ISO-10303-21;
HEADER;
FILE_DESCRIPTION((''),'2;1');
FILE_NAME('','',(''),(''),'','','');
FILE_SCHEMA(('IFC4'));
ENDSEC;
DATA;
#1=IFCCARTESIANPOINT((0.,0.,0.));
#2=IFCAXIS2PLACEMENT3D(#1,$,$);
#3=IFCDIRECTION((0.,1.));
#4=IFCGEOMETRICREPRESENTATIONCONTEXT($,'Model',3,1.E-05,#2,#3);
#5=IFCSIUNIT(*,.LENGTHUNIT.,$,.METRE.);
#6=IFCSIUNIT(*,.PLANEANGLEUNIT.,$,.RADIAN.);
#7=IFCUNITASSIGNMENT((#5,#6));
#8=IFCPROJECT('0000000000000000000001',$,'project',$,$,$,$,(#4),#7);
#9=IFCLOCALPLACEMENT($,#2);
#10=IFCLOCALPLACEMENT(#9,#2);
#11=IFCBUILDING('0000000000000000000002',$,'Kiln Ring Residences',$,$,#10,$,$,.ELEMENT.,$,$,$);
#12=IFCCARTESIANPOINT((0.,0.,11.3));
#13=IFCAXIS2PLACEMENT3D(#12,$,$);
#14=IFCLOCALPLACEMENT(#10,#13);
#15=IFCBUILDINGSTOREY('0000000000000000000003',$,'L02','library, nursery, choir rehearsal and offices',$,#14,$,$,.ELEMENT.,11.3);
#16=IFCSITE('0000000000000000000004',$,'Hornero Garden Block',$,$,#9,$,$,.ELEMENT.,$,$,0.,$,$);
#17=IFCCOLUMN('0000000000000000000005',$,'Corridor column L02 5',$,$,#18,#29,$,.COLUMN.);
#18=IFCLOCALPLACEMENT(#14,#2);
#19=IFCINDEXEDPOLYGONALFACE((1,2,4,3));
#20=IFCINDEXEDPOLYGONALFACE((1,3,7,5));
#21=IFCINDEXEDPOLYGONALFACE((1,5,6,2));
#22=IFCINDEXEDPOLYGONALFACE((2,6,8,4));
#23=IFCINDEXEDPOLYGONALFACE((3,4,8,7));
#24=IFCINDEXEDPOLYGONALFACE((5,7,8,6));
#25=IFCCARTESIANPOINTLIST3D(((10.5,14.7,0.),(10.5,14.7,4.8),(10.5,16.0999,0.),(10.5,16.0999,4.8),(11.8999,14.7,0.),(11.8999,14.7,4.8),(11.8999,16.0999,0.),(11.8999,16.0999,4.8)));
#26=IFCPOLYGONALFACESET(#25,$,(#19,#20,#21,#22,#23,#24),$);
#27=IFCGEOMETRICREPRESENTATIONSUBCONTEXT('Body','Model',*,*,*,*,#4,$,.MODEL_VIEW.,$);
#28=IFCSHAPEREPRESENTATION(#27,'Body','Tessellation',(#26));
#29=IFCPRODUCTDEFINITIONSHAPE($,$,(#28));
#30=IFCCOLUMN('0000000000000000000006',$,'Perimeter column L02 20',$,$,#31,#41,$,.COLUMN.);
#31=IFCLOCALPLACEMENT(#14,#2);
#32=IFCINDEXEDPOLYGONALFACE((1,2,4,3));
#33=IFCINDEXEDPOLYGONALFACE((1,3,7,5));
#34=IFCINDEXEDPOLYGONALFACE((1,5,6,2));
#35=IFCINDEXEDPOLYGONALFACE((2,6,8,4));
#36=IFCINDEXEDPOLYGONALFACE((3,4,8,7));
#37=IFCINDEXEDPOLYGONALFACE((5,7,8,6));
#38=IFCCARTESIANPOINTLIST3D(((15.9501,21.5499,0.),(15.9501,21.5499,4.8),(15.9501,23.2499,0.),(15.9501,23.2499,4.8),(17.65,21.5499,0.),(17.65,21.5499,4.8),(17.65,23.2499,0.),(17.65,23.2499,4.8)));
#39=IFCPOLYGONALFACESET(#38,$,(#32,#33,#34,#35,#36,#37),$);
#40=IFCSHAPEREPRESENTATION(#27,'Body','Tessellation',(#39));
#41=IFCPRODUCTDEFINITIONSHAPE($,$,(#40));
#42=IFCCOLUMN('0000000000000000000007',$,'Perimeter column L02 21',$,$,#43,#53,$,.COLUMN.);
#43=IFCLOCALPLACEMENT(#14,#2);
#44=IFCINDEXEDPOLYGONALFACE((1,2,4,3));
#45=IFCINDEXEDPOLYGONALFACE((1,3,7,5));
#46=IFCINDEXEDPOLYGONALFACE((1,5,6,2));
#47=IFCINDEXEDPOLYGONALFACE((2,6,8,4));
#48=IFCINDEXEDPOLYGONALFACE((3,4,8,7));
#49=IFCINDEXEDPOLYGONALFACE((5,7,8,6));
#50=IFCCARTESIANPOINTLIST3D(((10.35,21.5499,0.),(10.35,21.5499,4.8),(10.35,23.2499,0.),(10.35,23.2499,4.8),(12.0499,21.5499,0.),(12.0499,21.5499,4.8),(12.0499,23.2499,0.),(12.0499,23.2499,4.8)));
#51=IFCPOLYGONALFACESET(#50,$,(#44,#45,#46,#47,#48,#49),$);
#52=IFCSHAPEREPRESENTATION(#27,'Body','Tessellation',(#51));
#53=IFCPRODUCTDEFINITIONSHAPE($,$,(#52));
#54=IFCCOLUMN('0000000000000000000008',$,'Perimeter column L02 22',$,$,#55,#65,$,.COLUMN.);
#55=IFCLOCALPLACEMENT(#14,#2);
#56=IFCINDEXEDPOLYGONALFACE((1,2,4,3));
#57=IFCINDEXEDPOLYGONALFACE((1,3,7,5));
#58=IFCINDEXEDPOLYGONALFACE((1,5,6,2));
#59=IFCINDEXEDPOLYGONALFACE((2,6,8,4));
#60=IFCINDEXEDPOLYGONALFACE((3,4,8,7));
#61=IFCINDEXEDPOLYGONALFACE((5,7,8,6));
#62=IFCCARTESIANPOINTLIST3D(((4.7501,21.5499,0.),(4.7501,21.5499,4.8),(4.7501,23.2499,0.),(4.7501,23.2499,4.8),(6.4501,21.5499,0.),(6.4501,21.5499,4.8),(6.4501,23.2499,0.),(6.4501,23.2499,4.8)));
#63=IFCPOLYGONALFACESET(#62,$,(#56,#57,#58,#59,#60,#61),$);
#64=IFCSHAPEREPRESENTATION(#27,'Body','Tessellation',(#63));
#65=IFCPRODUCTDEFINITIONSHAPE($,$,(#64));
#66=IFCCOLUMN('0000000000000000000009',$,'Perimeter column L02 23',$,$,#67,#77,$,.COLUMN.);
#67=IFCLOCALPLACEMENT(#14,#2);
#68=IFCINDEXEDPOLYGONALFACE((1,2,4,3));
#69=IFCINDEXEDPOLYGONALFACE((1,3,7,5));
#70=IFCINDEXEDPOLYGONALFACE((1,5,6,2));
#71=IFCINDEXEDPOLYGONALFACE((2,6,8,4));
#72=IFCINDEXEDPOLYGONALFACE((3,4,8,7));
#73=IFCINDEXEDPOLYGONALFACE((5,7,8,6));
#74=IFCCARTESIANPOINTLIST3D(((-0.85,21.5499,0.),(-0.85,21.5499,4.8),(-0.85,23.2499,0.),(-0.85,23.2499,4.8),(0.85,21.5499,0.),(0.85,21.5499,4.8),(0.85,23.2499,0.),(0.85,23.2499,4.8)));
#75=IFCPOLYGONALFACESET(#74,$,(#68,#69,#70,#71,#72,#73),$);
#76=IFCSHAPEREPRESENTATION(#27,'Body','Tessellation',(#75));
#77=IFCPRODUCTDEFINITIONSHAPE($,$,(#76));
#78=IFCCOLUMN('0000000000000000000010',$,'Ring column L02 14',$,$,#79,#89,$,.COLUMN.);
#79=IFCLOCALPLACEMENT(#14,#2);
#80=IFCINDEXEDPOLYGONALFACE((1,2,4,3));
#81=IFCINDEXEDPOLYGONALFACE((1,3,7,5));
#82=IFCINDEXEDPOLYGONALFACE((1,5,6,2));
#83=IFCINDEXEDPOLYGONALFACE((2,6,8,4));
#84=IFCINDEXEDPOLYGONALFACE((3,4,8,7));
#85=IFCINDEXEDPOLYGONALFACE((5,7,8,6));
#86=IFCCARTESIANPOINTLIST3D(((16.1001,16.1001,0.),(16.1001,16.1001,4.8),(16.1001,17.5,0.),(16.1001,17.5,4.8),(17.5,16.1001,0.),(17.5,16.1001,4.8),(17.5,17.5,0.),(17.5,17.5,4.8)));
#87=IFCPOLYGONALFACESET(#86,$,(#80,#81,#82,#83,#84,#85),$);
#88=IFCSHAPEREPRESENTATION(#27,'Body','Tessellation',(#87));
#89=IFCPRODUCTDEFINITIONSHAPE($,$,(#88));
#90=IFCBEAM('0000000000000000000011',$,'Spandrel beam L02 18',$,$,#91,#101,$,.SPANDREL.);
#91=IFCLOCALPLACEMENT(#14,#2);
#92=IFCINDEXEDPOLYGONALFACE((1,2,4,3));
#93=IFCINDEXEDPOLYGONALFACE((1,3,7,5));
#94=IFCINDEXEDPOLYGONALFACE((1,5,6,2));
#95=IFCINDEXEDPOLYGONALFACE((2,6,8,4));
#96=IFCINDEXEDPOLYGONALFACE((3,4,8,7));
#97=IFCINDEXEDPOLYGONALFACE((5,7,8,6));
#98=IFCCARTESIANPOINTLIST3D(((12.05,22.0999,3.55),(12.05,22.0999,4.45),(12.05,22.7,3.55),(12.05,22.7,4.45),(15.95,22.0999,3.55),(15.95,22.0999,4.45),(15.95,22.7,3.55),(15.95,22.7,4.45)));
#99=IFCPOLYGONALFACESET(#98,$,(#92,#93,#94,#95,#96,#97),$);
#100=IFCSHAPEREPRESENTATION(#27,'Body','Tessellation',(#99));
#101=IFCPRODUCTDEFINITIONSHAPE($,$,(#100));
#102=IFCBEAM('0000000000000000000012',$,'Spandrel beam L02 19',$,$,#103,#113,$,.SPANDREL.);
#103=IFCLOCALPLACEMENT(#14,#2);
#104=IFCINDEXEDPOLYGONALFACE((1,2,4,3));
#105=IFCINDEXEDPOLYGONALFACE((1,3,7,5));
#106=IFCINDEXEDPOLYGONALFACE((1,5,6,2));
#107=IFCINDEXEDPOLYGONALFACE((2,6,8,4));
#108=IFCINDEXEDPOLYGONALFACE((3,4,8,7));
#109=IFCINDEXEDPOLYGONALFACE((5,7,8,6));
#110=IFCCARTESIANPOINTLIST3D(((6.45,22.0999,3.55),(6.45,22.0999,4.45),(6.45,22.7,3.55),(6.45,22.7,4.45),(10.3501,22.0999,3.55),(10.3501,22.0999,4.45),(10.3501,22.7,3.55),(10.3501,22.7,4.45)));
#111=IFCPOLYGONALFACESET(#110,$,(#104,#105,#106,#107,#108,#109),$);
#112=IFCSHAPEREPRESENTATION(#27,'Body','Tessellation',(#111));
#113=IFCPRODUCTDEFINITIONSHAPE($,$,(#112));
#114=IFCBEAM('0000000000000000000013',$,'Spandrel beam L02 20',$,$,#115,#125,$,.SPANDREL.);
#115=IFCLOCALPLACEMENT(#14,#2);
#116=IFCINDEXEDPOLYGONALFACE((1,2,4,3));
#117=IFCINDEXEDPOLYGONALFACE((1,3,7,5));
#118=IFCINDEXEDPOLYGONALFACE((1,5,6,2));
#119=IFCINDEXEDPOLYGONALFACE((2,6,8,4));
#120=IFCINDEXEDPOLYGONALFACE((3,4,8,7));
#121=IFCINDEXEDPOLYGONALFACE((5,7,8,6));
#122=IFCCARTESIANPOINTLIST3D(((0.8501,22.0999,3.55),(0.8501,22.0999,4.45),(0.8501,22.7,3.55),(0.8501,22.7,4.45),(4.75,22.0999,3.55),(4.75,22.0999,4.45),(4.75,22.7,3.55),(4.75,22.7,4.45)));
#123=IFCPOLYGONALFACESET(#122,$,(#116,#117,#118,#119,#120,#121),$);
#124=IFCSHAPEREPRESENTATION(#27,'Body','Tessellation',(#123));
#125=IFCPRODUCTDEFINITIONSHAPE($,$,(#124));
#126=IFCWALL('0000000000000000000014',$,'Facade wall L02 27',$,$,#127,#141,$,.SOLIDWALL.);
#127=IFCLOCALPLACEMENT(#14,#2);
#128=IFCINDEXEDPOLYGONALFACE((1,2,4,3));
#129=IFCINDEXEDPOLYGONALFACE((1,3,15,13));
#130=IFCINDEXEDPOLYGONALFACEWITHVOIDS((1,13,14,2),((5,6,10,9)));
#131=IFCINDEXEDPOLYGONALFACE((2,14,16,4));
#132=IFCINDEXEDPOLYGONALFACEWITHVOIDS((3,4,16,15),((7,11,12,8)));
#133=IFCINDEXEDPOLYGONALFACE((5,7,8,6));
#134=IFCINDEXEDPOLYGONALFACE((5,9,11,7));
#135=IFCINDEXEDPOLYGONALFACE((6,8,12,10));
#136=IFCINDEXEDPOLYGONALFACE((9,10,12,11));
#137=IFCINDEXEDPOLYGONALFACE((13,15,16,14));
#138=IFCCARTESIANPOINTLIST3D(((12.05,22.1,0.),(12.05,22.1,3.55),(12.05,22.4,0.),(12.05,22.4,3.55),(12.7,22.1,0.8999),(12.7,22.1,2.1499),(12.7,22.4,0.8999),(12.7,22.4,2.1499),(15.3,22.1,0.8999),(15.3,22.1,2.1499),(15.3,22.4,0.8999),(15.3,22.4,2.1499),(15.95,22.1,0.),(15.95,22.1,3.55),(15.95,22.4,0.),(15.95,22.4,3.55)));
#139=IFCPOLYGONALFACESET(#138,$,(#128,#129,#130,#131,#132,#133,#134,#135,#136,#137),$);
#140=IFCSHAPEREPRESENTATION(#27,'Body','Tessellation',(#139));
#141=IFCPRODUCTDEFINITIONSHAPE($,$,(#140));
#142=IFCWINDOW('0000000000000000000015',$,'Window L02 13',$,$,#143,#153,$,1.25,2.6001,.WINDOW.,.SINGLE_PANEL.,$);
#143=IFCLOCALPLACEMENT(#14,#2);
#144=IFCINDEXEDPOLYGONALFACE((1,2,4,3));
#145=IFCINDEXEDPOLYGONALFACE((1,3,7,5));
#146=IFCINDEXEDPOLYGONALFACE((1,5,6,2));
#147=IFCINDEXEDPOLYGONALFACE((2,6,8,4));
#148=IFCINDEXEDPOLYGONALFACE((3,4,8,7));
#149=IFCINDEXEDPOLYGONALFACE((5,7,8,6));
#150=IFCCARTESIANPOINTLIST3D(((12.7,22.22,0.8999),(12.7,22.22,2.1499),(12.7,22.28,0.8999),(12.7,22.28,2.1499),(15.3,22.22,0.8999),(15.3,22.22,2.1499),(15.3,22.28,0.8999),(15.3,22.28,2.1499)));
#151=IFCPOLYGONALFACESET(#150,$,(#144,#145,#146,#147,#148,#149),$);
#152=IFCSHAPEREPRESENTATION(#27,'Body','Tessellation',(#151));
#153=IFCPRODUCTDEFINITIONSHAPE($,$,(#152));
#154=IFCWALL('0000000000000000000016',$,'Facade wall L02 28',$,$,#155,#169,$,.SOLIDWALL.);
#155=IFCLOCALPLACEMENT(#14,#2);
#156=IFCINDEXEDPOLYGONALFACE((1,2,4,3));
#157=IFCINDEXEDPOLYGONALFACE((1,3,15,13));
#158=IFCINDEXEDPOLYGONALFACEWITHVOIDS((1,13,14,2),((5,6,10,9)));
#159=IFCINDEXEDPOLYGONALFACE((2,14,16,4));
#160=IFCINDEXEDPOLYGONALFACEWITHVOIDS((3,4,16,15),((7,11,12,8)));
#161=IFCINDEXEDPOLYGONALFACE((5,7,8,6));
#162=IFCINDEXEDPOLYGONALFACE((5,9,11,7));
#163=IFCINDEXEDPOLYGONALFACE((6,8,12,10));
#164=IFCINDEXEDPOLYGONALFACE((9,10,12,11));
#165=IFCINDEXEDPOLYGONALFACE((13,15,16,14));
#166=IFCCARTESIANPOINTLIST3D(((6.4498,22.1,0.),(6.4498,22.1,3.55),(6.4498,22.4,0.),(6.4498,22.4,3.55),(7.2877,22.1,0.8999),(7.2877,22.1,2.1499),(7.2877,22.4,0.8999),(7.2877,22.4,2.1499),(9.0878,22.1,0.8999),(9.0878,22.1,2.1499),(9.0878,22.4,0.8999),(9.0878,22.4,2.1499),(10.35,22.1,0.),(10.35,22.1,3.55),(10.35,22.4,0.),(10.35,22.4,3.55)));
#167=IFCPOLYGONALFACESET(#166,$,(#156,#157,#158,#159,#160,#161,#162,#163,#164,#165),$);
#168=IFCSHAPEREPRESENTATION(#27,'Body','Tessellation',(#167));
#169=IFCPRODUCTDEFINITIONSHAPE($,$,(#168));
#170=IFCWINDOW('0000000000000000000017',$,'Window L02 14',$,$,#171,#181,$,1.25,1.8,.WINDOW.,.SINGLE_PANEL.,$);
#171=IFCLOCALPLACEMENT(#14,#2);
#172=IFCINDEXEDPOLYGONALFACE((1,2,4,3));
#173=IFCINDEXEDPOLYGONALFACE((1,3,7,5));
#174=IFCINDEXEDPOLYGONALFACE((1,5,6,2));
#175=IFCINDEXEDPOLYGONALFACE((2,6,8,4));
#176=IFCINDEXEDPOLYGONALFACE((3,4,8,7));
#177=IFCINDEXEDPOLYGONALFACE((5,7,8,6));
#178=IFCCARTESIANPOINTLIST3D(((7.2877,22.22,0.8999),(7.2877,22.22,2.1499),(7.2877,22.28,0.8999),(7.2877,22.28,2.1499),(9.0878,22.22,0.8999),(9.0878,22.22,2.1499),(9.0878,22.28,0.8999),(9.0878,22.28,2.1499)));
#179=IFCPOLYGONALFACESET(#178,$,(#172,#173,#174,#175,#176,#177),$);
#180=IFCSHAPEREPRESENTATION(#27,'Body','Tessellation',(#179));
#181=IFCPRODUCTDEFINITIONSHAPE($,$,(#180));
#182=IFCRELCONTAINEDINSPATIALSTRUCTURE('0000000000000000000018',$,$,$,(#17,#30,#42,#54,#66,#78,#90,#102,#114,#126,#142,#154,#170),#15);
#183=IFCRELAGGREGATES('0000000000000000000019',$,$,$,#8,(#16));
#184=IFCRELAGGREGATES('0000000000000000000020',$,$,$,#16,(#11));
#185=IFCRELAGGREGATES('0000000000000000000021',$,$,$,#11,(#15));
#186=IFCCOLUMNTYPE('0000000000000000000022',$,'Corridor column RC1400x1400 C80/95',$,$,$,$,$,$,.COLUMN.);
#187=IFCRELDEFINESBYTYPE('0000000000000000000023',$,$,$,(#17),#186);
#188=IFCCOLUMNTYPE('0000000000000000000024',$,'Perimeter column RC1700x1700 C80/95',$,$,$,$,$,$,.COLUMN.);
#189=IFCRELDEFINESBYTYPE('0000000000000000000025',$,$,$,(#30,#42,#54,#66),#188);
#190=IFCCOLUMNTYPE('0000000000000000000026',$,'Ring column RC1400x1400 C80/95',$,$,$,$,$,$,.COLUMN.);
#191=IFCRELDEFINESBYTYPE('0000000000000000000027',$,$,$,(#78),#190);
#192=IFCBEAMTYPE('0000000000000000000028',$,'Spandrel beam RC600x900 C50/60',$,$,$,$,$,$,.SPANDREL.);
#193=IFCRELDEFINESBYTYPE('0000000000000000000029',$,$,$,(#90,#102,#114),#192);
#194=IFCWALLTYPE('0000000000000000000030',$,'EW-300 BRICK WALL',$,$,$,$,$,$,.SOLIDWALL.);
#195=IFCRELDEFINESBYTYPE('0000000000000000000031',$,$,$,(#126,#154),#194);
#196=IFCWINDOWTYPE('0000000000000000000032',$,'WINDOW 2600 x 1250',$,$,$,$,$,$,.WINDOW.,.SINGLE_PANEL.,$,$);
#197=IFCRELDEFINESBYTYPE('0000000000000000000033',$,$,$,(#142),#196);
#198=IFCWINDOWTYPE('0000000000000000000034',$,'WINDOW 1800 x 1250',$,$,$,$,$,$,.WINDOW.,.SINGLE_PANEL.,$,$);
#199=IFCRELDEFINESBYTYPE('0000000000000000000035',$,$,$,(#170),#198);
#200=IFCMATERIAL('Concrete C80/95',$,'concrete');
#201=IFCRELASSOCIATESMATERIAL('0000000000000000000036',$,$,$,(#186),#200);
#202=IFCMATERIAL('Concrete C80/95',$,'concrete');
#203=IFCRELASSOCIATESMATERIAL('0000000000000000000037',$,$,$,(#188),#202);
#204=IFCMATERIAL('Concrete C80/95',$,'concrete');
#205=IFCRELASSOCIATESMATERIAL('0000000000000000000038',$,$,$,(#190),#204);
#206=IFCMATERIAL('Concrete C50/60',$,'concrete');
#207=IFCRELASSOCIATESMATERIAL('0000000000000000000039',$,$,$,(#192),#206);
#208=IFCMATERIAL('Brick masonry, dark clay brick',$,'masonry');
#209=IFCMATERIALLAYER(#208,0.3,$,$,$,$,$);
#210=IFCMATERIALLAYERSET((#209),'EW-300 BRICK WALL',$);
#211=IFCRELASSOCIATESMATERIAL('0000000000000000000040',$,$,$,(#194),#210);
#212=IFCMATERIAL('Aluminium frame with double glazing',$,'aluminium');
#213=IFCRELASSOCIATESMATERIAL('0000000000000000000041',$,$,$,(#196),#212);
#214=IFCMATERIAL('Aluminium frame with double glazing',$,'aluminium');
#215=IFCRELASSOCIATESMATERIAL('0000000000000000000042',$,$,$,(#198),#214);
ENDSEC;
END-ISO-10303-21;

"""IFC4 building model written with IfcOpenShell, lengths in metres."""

from ifc_helpers import new_model, si_unit, direction, frame, frame_2d, origin, origin_2d, place, context, subcontext, project, spatial, rectangle, extrude, material, layer, layer_set, material_profile, profile_set, type_object, element, fill, save


model = new_model("IFC4")

# Units and contexts
model_context = context("Model", 3, precision=1e-05, world=origin(), true_north=direction((0.0, 1.0)))
body_context = subcontext(model_context, "Body", "Model", "MODEL_VIEW")
ifc_project = project(units=[si_unit("LENGTHUNIT", "METRE"), si_unit("PLANEANGLEUNIT", "RADIAN")], contexts=[model_context])

# Site, building, storey
site_placement = place(None, origin())
site = spatial("IfcSite", under=ifc_project, at=site_placement, Name="Hornero Garden Block", CompositionType="ELEMENT", RefElevation=0.0)
building_placement = place(site_placement, origin())
building = spatial("IfcBuilding", under=site, at=building_placement, Name="Kiln Ring Residences", CompositionType="ELEMENT")
storey_placement = place(building_placement, frame((0.0, 0.0, 11.3)))
storey = spatial("IfcBuildingStorey", under=building, at=storey_placement, Name="L02", Description="library, nursery, choir rehearsal and offices", CompositionType="ELEMENT", Elevation=11.3)

# Columns
ifc_material_1 = material(Name="Concrete C80/95", Category="concrete")
ifc_material_profile_1 = material_profile(ifc_material_1, rectangle(XDim=1.3999, YDim=1.3999, at=origin_2d()), Name="RC1400x1400")
ifc_profile_set_1 = profile_set([ifc_material_profile_1], Name="Concrete C80/95")
column_type_1 = type_object("IfcColumnType", Name="Corridor column RC1400x1400 C80/95", PredefinedType="COLUMN", material=ifc_profile_set_1)
column_1_placement = place(storey_placement, frame((11.2, 15.3999, 0.0), z_axis=(0.0, 0.0, 1.0), x_axis=(1.0, 0.0, 0.0)))
element("IfcColumn", 1, at=column_1_placement, inside=storey, type_object=column_type_1, Name="Corridor column L02 5", PredefinedType="COLUMN", context=body_context, shape_type="SweptSolid", body=[
    extrude(rectangle(XDim=1.3999, YDim=1.3999, at=origin_2d()), origin(), (0.0, 0.0, 1.0), 4.8),
])
ifc_material_2 = material(Name="Concrete C80/95", Category="concrete")
ifc_material_profile_2 = material_profile(ifc_material_2, rectangle(XDim=1.7, YDim=1.7, at=origin_2d()), Name="RC1700x1700")
ifc_profile_set_2 = profile_set([ifc_material_profile_2], Name="Concrete C80/95")
column_type_2 = type_object("IfcColumnType", Name="Perimeter column RC1700x1700 C80/95", PredefinedType="COLUMN", material=ifc_profile_set_2)
for number, where, z_axis, x_axis, name in (
    (2, (16.8, 22.3999, 0.0), (0.0, 0.0, 1.0), (1.0, 0.0, 0.0), "Perimeter column L02 20"),
    (3, (11.2, 22.3999, 0.0), (0.0, 0.0, 1.0), (1.0, 0.0, 0.0), "Perimeter column L02 21"),
    (4, (5.6001, 22.3999, 0.0), (0.0, 0.0, 1.0), (1.0, 0.0, 0.0), "Perimeter column L02 22"),
    (5, (0.0, 22.3999, 0.0), (0.0, 0.0, 1.0), (1.0, 0.0, 0.0), "Perimeter column L02 23"),
):
    element("IfcColumn", number, at=place(storey_placement, frame(where, z_axis=z_axis, x_axis=x_axis)), inside=storey, type_object=column_type_2, Name=name, PredefinedType="COLUMN", context=body_context, shape_type="SweptSolid", body=[
        extrude(rectangle(XDim=1.7, YDim=1.7, at=origin_2d()), origin(), (0.0, 0.0, 1.0), 4.8),
    ])
ifc_material_3 = material(Name="Concrete C80/95", Category="concrete")
ifc_material_profile_3 = material_profile(ifc_material_3, rectangle(XDim=1.3999, YDim=1.3999, at=origin_2d()), Name="RC1400x1400")
ifc_profile_set_3 = profile_set([ifc_material_profile_3], Name="Concrete C80/95")
column_type_3 = type_object("IfcColumnType", Name="Ring column RC1400x1400 C80/95", PredefinedType="COLUMN", material=ifc_profile_set_3)
column_2_placement = place(storey_placement, frame((16.8, 16.8, 0.0), z_axis=(0.0, 0.0, 1.0), x_axis=(1.0, 0.0, 0.0)))
element("IfcColumn", 6, at=column_2_placement, inside=storey, type_object=column_type_3, Name="Ring column L02 14", PredefinedType="COLUMN", context=body_context, shape_type="SweptSolid", body=[
    extrude(rectangle(XDim=1.3999, YDim=1.3999, at=origin_2d()), origin(), (0.0, 0.0, 1.0), 4.8),
])

# Beams
ifc_material_4 = material(Name="Concrete C50/60", Category="concrete")
ifc_material_profile_4 = material_profile(ifc_material_4, rectangle(XDim=0.6001, YDim=0.8999, at=origin_2d()), Name="RC600x900")
ifc_profile_set_4 = profile_set([ifc_material_profile_4], Name="Concrete C50/60")
beam_type = type_object("IfcBeamType", Name="Spandrel beam RC600x900 C50/60", PredefinedType="SPANDREL", material=ifc_profile_set_4)
beam_1_placement = place(storey_placement, frame((15.95, 22.3999, 4.0), z_axis=(-1.0, 0.0, 0.0), x_axis=(0.0, -1.0, 0.0)))
element("IfcBeam", 7, at=beam_1_placement, inside=storey, type_object=beam_type, Name="Spandrel beam L02 18", PredefinedType="SPANDREL", context=body_context, shape_type="SweptSolid", body=[
    extrude(rectangle(XDim=0.6001, YDim=0.8999, at=origin_2d()), origin(), (0.0, 0.0, 1.0), 3.8999),
])
beam_2_placement = place(storey_placement, frame((10.3501, 22.3999, 4.0), z_axis=(-1.0, 0.0, 0.0), x_axis=(0.0, -1.0, 0.0)))
element("IfcBeam", 8, at=beam_2_placement, inside=storey, type_object=beam_type, Name="Spandrel beam L02 19", PredefinedType="SPANDREL", context=body_context, shape_type="SweptSolid", body=[
    extrude(rectangle(XDim=0.6001, YDim=0.8999, at=origin_2d()), origin(), (0.0, 0.0, 1.0), 3.9001),
])
beam_3_placement = place(storey_placement, frame((4.75, 22.3999, 4.0), z_axis=(-1.0, 0.0, 0.0), x_axis=(0.0, -1.0, 0.0)))
element("IfcBeam", 9, at=beam_3_placement, inside=storey, type_object=beam_type, Name="Spandrel beam L02 20", PredefinedType="SPANDREL", context=body_context, shape_type="SweptSolid", body=[
    extrude(rectangle(XDim=0.6001, YDim=0.8999, at=origin_2d()), origin(), (0.0, 0.0, 1.0), 3.8999),
])

# Walls, openings, windows
ifc_material_5 = material(Name="Brick masonry, dark clay brick", Category="masonry")
ifc_layer_1 = layer(ifc_material_5, 0.3)
ifc_layer_set_1 = layer_set([ifc_layer_1], Name="EW-300 BRICK WALL")
wall_type_1 = type_object("IfcWallType", Name="EW-300 BRICK WALL", PredefinedType="SOLIDWALL", material=ifc_layer_set_1)
wall_1_placement = place(storey_placement, frame((15.95, 22.25, 0.0), z_axis=(0.0, 0.0, 1.0), x_axis=(-1.0, 0.0, 0.0)))
wall_1 = element("IfcWall", 10, at=wall_1_placement, inside=storey, type_object=wall_type_1, Name="Facade wall L02 27", PredefinedType="SOLIDWALL", context=body_context, shape_type="SweptSolid", body=[
    extrude(rectangle(XDim=3.8999, YDim=0.3, at=frame_2d((1.95, 0.0))), origin(), (0.0, 0.0, 1.0), 3.55),
])
opening_1_placement = place(wall_1_placement, frame((0.6499, 0.0, 0.8999)))
opening_1 = element("IfcOpeningElement", 11, at=opening_1_placement, cuts=wall_1, PredefinedType="OPENING", context=body_context, shape_type="SweptSolid", body=[
    extrude(rectangle(XDim=2.6001, YDim=1.25, at=frame_2d((1.3, 0.625))), frame((0.0, 0.1599, 0.0), z_axis=(0.0, -1.0, 0.0), x_axis=(1.0, 0.0, 0.0)), (0.0, 0.0, 1.0), 0.3201),
])
ifc_material_6 = material(Name="Aluminium frame with double glazing", Category="aluminium")
window_type_1 = type_object("IfcWindowType", Name="WINDOW 2600 x 1250", PartitioningType="SINGLE_PANEL", PredefinedType="WINDOW", material=ifc_material_6)
window_1_placement = place(opening_1_placement, origin())
window_1 = element("IfcWindow", 12, at=window_1_placement, inside=storey, type_object=window_type_1, Name="Window L02 13", OverallHeight=1.25, OverallWidth=2.6001, PartitioningType="SINGLE_PANEL", PredefinedType="WINDOW", context=body_context, shape_type="SweptSolid", body=[
    extrude(rectangle(XDim=2.6001, YDim=1.25, at=frame_2d((1.3, 0.625))), frame((0.0, 0.03, 0.0), z_axis=(0.0, -1.0, 0.0), x_axis=(1.0, 0.0, 0.0)), (0.0, 0.0, 1.0), 0.0601),
])
fill(opening_1, window_1)
wall_2_placement = place(storey_placement, frame((10.3501, 22.25, 0.0), z_axis=(0.0, 0.0, 1.0), x_axis=(-1.0, 0.0, 0.0)))
wall_2 = element("IfcWall", 13, at=wall_2_placement, inside=storey, type_object=wall_type_1, Name="Facade wall L02 28", PredefinedType="SOLIDWALL", context=body_context, shape_type="SweptSolid", body=[
    extrude(rectangle(XDim=3.9001, YDim=0.3, at=frame_2d((1.9502, 0.0))), origin(), (0.0, 0.0, 1.0), 3.55),
])
opening_2_placement = place(wall_2_placement, frame((1.2625, 0.0, 0.8999)))
opening_2 = element("IfcOpeningElement", 14, at=opening_2_placement, cuts=wall_2, PredefinedType="OPENING", context=body_context, shape_type="SweptSolid", body=[
    extrude(rectangle(XDim=1.8, YDim=1.25, at=frame_2d((0.8999, 0.625))), frame((0.0, 0.1599, 0.0), z_axis=(0.0, -1.0, 0.0), x_axis=(1.0, 0.0, 0.0)), (0.0, 0.0, 1.0), 0.3201),
])
ifc_material_7 = material(Name="Aluminium frame with double glazing", Category="aluminium")
window_type_2 = type_object("IfcWindowType", Name="WINDOW 1800 x 1250", PartitioningType="SINGLE_PANEL", PredefinedType="WINDOW", material=ifc_material_7)
window_2_placement = place(opening_2_placement, origin())
window_2 = element("IfcWindow", 15, at=window_2_placement, inside=storey, type_object=window_type_2, Name="Window L02 14", OverallHeight=1.25, OverallWidth=1.8, PartitioningType="SINGLE_PANEL", PredefinedType="WINDOW", context=body_context, shape_type="SweptSolid", body=[
    extrude(rectangle(XDim=1.8, YDim=1.25, at=frame_2d((0.8999, 0.625))), frame((0.0, 0.03, 0.0), z_axis=(0.0, -1.0, 0.0), x_axis=(1.0, 0.0, 0.0)), (0.0, 0.0, 1.0), 0.0601),
])
fill(opening_2, window_2)

save(model, "model.ifc")
